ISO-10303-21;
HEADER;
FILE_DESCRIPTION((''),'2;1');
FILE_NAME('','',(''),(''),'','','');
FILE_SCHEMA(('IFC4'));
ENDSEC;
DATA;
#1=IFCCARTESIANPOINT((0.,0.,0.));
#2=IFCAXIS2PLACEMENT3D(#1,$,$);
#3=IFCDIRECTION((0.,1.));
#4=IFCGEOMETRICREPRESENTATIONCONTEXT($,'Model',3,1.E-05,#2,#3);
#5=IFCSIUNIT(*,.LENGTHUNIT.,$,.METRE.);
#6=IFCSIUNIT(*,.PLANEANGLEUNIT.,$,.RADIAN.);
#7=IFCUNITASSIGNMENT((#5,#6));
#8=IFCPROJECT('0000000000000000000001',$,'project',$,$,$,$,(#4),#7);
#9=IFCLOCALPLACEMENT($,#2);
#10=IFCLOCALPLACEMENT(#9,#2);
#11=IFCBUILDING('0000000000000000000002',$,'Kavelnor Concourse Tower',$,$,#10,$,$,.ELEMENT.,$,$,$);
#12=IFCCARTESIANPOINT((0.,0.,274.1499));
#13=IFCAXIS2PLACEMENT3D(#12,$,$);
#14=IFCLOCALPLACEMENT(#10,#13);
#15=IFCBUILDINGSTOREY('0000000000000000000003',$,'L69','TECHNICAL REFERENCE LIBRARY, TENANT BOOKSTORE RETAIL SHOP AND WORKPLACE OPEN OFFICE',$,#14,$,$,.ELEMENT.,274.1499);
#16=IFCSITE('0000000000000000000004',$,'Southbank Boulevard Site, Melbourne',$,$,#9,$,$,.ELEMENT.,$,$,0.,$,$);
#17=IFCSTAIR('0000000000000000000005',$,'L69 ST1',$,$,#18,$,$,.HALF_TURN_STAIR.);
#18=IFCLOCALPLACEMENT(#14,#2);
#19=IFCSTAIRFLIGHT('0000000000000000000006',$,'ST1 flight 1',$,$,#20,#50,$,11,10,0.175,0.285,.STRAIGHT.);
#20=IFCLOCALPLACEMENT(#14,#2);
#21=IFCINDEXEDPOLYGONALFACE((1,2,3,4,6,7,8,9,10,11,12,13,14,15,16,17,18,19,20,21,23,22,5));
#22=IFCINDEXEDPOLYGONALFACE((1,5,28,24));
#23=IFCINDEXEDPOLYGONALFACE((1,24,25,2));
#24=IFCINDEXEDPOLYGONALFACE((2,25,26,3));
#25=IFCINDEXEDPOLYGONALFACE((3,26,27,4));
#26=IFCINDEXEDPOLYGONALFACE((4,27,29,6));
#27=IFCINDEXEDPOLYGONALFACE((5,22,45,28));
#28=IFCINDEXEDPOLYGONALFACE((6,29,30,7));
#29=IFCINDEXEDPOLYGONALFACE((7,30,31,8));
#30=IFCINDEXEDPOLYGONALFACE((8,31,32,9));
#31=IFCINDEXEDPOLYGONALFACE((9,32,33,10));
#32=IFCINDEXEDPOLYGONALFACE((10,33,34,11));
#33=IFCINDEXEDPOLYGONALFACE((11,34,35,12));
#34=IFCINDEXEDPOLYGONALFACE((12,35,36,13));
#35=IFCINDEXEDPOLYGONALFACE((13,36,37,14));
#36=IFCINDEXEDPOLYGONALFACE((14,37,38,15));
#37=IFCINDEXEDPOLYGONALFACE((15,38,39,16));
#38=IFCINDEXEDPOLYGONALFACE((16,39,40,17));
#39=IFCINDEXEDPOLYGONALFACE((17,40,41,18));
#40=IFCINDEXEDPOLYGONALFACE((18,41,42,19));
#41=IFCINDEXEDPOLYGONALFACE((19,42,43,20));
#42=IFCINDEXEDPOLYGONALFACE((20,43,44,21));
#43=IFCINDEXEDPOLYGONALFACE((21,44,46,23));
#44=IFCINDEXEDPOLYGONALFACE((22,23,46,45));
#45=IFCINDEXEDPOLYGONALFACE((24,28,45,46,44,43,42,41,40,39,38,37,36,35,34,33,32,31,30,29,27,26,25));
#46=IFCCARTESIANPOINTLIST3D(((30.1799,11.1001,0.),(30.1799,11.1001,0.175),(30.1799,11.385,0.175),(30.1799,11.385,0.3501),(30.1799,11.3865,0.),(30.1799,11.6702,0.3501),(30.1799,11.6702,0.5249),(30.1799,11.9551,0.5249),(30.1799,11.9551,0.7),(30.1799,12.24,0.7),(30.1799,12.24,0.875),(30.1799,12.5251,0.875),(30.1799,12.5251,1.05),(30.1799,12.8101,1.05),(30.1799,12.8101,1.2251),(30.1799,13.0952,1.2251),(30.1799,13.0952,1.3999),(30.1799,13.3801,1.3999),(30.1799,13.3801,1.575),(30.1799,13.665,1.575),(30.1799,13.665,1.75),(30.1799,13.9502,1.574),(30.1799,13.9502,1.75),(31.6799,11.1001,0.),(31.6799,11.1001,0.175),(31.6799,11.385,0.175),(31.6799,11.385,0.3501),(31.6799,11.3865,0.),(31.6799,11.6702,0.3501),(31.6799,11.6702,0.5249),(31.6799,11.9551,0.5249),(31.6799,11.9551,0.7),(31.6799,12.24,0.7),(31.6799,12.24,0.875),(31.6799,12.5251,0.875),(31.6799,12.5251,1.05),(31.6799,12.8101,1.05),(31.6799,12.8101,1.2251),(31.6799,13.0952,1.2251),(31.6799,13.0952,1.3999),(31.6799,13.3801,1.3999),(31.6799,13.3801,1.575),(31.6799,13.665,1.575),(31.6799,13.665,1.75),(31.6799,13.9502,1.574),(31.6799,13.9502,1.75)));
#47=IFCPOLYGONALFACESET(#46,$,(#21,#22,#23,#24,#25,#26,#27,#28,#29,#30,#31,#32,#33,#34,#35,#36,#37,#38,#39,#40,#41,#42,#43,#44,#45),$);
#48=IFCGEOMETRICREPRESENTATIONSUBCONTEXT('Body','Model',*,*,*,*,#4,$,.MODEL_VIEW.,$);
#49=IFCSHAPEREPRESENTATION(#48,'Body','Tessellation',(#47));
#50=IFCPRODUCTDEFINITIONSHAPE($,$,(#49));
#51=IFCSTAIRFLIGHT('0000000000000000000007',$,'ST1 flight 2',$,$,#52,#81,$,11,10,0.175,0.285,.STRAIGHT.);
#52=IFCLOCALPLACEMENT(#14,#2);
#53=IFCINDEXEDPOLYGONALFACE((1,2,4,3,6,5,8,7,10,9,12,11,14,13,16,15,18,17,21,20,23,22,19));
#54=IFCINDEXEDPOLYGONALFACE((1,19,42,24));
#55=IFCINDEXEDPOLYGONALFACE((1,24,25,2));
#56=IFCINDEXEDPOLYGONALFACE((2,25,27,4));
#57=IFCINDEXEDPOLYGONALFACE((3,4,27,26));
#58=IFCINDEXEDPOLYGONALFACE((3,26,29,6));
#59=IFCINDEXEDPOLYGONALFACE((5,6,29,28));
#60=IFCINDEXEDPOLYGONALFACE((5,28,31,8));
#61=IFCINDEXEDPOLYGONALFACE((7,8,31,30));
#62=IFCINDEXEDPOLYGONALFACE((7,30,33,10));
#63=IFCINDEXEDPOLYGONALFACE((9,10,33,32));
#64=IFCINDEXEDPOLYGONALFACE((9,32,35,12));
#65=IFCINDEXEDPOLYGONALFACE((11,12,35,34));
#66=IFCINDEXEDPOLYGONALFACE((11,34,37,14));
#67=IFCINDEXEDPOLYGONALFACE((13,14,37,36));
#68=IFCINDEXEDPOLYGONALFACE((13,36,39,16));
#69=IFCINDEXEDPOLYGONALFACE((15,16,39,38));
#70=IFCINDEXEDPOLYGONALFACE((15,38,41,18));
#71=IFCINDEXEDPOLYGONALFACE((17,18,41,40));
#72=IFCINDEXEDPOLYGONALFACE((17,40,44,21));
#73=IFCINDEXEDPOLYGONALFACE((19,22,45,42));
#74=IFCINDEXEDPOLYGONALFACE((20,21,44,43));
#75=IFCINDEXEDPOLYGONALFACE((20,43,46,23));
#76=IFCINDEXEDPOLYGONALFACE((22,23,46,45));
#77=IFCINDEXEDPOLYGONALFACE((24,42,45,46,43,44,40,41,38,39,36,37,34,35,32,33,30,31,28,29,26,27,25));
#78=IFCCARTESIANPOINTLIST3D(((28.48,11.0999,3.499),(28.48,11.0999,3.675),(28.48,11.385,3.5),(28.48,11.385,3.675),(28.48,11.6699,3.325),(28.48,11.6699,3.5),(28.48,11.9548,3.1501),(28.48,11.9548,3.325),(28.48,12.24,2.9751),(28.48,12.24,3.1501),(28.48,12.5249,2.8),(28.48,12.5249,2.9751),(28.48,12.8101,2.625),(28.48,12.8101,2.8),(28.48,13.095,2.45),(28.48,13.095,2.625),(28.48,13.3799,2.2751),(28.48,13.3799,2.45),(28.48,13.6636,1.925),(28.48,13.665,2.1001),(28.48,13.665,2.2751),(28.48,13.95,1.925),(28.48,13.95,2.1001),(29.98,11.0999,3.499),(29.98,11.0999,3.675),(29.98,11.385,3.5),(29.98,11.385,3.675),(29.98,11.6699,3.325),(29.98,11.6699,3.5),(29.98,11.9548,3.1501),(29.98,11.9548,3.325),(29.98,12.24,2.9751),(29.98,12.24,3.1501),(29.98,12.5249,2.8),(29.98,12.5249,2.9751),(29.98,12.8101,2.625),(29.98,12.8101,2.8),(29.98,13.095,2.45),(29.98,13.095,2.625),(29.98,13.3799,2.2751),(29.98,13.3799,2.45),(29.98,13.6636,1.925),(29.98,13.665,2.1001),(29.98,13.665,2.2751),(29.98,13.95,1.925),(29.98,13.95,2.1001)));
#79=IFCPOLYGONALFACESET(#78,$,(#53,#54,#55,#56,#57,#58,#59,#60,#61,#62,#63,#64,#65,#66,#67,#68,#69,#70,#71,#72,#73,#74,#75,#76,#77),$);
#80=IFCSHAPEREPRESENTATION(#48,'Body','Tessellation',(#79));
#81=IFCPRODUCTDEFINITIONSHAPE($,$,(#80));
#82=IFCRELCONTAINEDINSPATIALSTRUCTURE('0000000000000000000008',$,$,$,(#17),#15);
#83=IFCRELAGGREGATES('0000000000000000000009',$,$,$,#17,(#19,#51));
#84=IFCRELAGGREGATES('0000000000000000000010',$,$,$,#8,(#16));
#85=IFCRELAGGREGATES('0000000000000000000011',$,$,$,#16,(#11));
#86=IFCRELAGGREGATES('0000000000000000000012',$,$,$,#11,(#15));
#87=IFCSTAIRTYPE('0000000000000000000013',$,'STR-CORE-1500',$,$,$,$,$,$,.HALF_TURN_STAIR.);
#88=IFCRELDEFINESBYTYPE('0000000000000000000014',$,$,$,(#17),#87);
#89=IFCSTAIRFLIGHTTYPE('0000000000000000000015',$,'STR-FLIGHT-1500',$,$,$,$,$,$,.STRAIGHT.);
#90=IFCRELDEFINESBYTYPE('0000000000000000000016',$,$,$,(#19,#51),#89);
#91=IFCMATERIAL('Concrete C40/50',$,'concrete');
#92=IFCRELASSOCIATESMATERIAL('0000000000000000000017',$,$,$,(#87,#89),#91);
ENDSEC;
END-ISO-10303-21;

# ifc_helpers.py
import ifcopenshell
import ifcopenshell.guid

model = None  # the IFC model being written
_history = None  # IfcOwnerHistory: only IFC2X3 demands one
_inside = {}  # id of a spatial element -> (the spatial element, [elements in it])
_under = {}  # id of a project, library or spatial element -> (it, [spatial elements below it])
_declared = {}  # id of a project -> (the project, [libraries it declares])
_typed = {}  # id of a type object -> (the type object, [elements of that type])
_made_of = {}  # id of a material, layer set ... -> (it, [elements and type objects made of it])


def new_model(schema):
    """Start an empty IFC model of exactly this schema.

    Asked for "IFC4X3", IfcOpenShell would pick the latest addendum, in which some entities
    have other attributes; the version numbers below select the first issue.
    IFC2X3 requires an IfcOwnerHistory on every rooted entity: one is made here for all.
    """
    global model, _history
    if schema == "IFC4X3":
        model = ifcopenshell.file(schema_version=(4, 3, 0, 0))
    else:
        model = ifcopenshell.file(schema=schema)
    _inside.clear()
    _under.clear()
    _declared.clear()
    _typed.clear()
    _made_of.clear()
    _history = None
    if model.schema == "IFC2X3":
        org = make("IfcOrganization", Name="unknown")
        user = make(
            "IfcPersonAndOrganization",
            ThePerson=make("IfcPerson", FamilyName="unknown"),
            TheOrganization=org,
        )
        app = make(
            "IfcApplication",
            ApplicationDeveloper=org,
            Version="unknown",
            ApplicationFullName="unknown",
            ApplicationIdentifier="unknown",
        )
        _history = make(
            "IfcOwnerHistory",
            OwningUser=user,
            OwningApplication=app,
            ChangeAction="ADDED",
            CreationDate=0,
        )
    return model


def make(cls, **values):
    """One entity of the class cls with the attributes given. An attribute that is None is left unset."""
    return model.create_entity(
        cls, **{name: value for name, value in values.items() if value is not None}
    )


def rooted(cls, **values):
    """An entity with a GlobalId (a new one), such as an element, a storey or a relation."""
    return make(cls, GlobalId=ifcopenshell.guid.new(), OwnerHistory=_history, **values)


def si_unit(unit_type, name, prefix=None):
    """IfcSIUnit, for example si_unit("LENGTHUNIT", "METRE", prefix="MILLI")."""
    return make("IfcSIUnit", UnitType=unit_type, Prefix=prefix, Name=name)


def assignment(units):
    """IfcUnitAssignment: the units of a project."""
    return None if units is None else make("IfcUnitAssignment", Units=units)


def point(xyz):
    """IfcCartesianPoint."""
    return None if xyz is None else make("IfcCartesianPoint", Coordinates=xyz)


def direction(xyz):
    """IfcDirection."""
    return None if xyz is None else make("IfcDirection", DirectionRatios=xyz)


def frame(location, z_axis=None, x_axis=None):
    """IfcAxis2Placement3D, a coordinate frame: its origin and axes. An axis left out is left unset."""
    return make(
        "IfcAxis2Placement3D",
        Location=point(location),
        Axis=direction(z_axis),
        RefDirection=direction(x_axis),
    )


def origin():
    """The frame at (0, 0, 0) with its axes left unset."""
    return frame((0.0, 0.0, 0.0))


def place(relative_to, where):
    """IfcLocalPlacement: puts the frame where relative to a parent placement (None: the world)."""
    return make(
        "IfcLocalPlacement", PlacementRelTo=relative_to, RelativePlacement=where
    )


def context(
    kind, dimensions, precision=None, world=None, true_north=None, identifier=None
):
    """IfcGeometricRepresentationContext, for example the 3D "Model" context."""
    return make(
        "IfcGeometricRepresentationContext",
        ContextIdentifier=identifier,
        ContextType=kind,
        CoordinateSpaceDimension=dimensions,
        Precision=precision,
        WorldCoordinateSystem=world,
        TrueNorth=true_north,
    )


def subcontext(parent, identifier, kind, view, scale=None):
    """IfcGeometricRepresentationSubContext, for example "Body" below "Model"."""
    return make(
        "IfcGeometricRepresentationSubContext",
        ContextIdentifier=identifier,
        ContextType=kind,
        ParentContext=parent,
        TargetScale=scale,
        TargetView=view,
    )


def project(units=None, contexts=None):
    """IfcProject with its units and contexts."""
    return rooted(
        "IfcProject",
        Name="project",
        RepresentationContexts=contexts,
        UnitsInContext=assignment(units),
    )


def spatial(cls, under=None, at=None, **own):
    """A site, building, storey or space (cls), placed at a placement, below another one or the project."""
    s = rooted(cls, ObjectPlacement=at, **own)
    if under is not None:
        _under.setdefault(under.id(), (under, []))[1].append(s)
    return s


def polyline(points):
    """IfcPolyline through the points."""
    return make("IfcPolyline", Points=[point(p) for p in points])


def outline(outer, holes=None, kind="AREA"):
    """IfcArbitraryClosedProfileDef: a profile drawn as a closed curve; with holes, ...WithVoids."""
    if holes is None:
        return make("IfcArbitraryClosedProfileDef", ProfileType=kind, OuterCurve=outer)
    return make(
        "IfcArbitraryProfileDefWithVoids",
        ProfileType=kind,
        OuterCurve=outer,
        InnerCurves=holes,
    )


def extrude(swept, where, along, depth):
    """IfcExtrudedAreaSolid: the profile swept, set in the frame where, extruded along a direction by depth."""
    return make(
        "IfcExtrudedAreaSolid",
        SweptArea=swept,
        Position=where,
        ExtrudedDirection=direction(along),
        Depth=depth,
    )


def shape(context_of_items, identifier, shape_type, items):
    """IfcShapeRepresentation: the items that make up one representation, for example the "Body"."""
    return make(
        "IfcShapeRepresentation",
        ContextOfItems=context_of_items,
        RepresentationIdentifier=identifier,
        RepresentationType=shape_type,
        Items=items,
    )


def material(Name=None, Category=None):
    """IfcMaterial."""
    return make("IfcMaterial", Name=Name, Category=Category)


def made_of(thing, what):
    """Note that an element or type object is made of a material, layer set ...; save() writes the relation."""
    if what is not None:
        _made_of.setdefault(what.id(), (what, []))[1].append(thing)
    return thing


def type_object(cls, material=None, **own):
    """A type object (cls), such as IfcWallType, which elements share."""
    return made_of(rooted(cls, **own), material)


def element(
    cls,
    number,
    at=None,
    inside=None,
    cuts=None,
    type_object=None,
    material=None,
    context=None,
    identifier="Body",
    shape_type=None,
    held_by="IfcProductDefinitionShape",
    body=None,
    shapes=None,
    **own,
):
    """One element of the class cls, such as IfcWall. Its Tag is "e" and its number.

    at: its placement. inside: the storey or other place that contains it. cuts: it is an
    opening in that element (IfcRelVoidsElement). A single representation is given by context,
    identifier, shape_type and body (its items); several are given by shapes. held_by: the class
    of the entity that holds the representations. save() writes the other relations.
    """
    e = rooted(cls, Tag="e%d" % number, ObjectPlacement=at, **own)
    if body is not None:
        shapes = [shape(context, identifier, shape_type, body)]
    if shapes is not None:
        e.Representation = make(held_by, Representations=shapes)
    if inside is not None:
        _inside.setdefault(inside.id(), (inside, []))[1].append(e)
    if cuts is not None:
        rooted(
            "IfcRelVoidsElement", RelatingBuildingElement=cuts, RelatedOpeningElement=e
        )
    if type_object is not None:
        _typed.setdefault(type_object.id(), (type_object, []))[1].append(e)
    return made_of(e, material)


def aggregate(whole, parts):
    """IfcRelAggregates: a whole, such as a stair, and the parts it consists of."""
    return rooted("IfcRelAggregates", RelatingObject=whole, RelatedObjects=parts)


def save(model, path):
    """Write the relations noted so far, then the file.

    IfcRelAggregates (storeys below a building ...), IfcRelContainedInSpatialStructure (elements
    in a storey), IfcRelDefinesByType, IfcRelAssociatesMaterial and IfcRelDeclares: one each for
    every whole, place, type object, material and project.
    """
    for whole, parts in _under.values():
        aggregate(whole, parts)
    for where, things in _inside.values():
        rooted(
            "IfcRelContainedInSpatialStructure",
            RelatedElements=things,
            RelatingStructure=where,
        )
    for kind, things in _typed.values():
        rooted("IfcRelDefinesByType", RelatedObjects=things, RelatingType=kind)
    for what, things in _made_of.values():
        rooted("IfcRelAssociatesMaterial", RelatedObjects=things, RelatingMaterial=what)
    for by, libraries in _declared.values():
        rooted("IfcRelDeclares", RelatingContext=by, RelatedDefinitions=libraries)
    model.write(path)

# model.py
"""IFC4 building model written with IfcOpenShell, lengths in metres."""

from ifc_helpers import new_model, si_unit, direction, frame, origin, place, context, subcontext, project, spatial, polyline, outline, extrude, material, type_object, element, aggregate, save


model = new_model("IFC4")

# Units and contexts
model_context = context("Model", 3, precision=1e-05, world=origin(), true_north=direction((0.0, 1.0)))
body_context = subcontext(model_context, "Body", "Model", "MODEL_VIEW")
ifc_project = project(units=[si_unit("LENGTHUNIT", "METRE"), si_unit("PLANEANGLEUNIT", "RADIAN")], contexts=[model_context])

# Site, building, storey
site_placement = place(None, origin())
site = spatial("IfcSite", under=ifc_project, at=site_placement, Name="Southbank Boulevard Site, Melbourne", CompositionType="ELEMENT", RefElevation=0.0)
building_placement = place(site_placement, origin())
building = spatial("IfcBuilding", under=site, at=building_placement, Name="Kavelnor Concourse Tower", CompositionType="ELEMENT")
storey_placement = place(building_placement, frame((0.0, 0.0, 274.1499)))
storey = spatial("IfcBuildingStorey", under=building, at=storey_placement, Name="L69", Description="TECHNICAL REFERENCE LIBRARY, TENANT BOOKSTORE RETAIL SHOP AND WORKPLACE OPEN OFFICE", CompositionType="ELEMENT", Elevation=274.1499)

# Stair, stair flights
ifc_material_1 = material(Name="Concrete C40/50", Category="concrete")
stair_type = type_object("IfcStairType", Name="STR-CORE-1500", PredefinedType="HALF_TURN_STAIR", material=ifc_material_1)
stair_placement = place(storey_placement, origin())
stair = element("IfcStair", 1, at=stair_placement, inside=storey, type_object=stair_type, Name="L69 ST1", PredefinedType="HALF_TURN_STAIR")
stair_flight_type = type_object("IfcStairFlightType", Name="STR-FLIGHT-1500", PredefinedType="STRAIGHT", material=ifc_material_1)
stair_flight_1_placement = place(storey_placement, frame((30.9299, 11.1001, 0.0), z_axis=(0.0, 0.0, 1.0), x_axis=(0.0, 1.0, 0.0)))
stair_flight_1 = element("IfcStairFlight", 2, at=stair_flight_1_placement, type_object=stair_flight_type, Name="ST1 flight 1", NumberOfRisers=11, NumberOfTreads=10, PredefinedType="STRAIGHT", RiserHeight=0.175, TreadLength=0.285, context=body_context, shape_type="SweptSolid", body=[
    extrude(outline(polyline([(0.0, 0.0), (0.0, 0.175), (0.2849, 0.175), (0.2849, 0.3501), (0.5701, 0.3501), (0.5701, 0.5249), (0.855, 0.5249), (0.855, 0.7), (1.1399, 0.7), (1.1399, 0.875), (1.425, 0.875), (1.425, 1.05), (1.71, 1.05), (1.71, 1.2251), (1.9951, 1.2251), (1.9951, 1.3999), (2.28, 1.3999), (2.28, 1.575), (2.5649, 1.575), (2.5649, 1.75), (2.8501, 1.75), (2.8501, 1.925), (2.8501, 1.574), (0.2864, 0.0), (0.0, 0.0)])), frame((0.0, 0.75, 0.0), z_axis=(0.0, -1.0, 0.0), x_axis=(1.0, 0.0, 0.0)), (0.0, 0.0, 1.0), 1.5),
])
stair_flight_2_placement = place(storey_placement, frame((29.23, 13.95, 1.925), z_axis=(0.0, 0.0, 1.0), x_axis=(0.0, -1.0, 0.0)))
stair_flight_2 = element("IfcStairFlight", 3, at=stair_flight_2_placement, type_object=stair_flight_type, Name="ST1 flight 2", NumberOfRisers=11, NumberOfTreads=10, PredefinedType="STRAIGHT", RiserHeight=0.175, TreadLength=0.285, context=body_context, shape_type="SweptSolid", body=[
    extrude(outline(polyline([(0.0, 0.0), (0.0, 0.175), (0.2849, 0.175), (0.2849, 0.3501), (0.5701, 0.3501), (0.5701, 0.5249), (0.855, 0.5249), (0.855, 0.7), (1.1399, 0.7), (1.1399, 0.875), (1.425, 0.875), (1.425, 1.05), (1.71, 1.05), (1.71, 1.2251), (1.9951, 1.2251), (1.9951, 1.3999), (2.28, 1.3999), (2.28, 1.575), (2.5649, 1.575), (2.5649, 1.75), (2.8501, 1.75), (2.8501, 1.925), (2.8501, 1.574), (0.2864, 0.0), (0.0, 0.0)])), frame((0.0, 0.75, 0.0), z_axis=(0.0, -1.0, 0.0), x_axis=(1.0, 0.0, 0.0)), (0.0, 0.0, 1.0), 1.5),
])
aggregate(stair, [stair_flight_1, stair_flight_2])

save(model, "model.ifc")
